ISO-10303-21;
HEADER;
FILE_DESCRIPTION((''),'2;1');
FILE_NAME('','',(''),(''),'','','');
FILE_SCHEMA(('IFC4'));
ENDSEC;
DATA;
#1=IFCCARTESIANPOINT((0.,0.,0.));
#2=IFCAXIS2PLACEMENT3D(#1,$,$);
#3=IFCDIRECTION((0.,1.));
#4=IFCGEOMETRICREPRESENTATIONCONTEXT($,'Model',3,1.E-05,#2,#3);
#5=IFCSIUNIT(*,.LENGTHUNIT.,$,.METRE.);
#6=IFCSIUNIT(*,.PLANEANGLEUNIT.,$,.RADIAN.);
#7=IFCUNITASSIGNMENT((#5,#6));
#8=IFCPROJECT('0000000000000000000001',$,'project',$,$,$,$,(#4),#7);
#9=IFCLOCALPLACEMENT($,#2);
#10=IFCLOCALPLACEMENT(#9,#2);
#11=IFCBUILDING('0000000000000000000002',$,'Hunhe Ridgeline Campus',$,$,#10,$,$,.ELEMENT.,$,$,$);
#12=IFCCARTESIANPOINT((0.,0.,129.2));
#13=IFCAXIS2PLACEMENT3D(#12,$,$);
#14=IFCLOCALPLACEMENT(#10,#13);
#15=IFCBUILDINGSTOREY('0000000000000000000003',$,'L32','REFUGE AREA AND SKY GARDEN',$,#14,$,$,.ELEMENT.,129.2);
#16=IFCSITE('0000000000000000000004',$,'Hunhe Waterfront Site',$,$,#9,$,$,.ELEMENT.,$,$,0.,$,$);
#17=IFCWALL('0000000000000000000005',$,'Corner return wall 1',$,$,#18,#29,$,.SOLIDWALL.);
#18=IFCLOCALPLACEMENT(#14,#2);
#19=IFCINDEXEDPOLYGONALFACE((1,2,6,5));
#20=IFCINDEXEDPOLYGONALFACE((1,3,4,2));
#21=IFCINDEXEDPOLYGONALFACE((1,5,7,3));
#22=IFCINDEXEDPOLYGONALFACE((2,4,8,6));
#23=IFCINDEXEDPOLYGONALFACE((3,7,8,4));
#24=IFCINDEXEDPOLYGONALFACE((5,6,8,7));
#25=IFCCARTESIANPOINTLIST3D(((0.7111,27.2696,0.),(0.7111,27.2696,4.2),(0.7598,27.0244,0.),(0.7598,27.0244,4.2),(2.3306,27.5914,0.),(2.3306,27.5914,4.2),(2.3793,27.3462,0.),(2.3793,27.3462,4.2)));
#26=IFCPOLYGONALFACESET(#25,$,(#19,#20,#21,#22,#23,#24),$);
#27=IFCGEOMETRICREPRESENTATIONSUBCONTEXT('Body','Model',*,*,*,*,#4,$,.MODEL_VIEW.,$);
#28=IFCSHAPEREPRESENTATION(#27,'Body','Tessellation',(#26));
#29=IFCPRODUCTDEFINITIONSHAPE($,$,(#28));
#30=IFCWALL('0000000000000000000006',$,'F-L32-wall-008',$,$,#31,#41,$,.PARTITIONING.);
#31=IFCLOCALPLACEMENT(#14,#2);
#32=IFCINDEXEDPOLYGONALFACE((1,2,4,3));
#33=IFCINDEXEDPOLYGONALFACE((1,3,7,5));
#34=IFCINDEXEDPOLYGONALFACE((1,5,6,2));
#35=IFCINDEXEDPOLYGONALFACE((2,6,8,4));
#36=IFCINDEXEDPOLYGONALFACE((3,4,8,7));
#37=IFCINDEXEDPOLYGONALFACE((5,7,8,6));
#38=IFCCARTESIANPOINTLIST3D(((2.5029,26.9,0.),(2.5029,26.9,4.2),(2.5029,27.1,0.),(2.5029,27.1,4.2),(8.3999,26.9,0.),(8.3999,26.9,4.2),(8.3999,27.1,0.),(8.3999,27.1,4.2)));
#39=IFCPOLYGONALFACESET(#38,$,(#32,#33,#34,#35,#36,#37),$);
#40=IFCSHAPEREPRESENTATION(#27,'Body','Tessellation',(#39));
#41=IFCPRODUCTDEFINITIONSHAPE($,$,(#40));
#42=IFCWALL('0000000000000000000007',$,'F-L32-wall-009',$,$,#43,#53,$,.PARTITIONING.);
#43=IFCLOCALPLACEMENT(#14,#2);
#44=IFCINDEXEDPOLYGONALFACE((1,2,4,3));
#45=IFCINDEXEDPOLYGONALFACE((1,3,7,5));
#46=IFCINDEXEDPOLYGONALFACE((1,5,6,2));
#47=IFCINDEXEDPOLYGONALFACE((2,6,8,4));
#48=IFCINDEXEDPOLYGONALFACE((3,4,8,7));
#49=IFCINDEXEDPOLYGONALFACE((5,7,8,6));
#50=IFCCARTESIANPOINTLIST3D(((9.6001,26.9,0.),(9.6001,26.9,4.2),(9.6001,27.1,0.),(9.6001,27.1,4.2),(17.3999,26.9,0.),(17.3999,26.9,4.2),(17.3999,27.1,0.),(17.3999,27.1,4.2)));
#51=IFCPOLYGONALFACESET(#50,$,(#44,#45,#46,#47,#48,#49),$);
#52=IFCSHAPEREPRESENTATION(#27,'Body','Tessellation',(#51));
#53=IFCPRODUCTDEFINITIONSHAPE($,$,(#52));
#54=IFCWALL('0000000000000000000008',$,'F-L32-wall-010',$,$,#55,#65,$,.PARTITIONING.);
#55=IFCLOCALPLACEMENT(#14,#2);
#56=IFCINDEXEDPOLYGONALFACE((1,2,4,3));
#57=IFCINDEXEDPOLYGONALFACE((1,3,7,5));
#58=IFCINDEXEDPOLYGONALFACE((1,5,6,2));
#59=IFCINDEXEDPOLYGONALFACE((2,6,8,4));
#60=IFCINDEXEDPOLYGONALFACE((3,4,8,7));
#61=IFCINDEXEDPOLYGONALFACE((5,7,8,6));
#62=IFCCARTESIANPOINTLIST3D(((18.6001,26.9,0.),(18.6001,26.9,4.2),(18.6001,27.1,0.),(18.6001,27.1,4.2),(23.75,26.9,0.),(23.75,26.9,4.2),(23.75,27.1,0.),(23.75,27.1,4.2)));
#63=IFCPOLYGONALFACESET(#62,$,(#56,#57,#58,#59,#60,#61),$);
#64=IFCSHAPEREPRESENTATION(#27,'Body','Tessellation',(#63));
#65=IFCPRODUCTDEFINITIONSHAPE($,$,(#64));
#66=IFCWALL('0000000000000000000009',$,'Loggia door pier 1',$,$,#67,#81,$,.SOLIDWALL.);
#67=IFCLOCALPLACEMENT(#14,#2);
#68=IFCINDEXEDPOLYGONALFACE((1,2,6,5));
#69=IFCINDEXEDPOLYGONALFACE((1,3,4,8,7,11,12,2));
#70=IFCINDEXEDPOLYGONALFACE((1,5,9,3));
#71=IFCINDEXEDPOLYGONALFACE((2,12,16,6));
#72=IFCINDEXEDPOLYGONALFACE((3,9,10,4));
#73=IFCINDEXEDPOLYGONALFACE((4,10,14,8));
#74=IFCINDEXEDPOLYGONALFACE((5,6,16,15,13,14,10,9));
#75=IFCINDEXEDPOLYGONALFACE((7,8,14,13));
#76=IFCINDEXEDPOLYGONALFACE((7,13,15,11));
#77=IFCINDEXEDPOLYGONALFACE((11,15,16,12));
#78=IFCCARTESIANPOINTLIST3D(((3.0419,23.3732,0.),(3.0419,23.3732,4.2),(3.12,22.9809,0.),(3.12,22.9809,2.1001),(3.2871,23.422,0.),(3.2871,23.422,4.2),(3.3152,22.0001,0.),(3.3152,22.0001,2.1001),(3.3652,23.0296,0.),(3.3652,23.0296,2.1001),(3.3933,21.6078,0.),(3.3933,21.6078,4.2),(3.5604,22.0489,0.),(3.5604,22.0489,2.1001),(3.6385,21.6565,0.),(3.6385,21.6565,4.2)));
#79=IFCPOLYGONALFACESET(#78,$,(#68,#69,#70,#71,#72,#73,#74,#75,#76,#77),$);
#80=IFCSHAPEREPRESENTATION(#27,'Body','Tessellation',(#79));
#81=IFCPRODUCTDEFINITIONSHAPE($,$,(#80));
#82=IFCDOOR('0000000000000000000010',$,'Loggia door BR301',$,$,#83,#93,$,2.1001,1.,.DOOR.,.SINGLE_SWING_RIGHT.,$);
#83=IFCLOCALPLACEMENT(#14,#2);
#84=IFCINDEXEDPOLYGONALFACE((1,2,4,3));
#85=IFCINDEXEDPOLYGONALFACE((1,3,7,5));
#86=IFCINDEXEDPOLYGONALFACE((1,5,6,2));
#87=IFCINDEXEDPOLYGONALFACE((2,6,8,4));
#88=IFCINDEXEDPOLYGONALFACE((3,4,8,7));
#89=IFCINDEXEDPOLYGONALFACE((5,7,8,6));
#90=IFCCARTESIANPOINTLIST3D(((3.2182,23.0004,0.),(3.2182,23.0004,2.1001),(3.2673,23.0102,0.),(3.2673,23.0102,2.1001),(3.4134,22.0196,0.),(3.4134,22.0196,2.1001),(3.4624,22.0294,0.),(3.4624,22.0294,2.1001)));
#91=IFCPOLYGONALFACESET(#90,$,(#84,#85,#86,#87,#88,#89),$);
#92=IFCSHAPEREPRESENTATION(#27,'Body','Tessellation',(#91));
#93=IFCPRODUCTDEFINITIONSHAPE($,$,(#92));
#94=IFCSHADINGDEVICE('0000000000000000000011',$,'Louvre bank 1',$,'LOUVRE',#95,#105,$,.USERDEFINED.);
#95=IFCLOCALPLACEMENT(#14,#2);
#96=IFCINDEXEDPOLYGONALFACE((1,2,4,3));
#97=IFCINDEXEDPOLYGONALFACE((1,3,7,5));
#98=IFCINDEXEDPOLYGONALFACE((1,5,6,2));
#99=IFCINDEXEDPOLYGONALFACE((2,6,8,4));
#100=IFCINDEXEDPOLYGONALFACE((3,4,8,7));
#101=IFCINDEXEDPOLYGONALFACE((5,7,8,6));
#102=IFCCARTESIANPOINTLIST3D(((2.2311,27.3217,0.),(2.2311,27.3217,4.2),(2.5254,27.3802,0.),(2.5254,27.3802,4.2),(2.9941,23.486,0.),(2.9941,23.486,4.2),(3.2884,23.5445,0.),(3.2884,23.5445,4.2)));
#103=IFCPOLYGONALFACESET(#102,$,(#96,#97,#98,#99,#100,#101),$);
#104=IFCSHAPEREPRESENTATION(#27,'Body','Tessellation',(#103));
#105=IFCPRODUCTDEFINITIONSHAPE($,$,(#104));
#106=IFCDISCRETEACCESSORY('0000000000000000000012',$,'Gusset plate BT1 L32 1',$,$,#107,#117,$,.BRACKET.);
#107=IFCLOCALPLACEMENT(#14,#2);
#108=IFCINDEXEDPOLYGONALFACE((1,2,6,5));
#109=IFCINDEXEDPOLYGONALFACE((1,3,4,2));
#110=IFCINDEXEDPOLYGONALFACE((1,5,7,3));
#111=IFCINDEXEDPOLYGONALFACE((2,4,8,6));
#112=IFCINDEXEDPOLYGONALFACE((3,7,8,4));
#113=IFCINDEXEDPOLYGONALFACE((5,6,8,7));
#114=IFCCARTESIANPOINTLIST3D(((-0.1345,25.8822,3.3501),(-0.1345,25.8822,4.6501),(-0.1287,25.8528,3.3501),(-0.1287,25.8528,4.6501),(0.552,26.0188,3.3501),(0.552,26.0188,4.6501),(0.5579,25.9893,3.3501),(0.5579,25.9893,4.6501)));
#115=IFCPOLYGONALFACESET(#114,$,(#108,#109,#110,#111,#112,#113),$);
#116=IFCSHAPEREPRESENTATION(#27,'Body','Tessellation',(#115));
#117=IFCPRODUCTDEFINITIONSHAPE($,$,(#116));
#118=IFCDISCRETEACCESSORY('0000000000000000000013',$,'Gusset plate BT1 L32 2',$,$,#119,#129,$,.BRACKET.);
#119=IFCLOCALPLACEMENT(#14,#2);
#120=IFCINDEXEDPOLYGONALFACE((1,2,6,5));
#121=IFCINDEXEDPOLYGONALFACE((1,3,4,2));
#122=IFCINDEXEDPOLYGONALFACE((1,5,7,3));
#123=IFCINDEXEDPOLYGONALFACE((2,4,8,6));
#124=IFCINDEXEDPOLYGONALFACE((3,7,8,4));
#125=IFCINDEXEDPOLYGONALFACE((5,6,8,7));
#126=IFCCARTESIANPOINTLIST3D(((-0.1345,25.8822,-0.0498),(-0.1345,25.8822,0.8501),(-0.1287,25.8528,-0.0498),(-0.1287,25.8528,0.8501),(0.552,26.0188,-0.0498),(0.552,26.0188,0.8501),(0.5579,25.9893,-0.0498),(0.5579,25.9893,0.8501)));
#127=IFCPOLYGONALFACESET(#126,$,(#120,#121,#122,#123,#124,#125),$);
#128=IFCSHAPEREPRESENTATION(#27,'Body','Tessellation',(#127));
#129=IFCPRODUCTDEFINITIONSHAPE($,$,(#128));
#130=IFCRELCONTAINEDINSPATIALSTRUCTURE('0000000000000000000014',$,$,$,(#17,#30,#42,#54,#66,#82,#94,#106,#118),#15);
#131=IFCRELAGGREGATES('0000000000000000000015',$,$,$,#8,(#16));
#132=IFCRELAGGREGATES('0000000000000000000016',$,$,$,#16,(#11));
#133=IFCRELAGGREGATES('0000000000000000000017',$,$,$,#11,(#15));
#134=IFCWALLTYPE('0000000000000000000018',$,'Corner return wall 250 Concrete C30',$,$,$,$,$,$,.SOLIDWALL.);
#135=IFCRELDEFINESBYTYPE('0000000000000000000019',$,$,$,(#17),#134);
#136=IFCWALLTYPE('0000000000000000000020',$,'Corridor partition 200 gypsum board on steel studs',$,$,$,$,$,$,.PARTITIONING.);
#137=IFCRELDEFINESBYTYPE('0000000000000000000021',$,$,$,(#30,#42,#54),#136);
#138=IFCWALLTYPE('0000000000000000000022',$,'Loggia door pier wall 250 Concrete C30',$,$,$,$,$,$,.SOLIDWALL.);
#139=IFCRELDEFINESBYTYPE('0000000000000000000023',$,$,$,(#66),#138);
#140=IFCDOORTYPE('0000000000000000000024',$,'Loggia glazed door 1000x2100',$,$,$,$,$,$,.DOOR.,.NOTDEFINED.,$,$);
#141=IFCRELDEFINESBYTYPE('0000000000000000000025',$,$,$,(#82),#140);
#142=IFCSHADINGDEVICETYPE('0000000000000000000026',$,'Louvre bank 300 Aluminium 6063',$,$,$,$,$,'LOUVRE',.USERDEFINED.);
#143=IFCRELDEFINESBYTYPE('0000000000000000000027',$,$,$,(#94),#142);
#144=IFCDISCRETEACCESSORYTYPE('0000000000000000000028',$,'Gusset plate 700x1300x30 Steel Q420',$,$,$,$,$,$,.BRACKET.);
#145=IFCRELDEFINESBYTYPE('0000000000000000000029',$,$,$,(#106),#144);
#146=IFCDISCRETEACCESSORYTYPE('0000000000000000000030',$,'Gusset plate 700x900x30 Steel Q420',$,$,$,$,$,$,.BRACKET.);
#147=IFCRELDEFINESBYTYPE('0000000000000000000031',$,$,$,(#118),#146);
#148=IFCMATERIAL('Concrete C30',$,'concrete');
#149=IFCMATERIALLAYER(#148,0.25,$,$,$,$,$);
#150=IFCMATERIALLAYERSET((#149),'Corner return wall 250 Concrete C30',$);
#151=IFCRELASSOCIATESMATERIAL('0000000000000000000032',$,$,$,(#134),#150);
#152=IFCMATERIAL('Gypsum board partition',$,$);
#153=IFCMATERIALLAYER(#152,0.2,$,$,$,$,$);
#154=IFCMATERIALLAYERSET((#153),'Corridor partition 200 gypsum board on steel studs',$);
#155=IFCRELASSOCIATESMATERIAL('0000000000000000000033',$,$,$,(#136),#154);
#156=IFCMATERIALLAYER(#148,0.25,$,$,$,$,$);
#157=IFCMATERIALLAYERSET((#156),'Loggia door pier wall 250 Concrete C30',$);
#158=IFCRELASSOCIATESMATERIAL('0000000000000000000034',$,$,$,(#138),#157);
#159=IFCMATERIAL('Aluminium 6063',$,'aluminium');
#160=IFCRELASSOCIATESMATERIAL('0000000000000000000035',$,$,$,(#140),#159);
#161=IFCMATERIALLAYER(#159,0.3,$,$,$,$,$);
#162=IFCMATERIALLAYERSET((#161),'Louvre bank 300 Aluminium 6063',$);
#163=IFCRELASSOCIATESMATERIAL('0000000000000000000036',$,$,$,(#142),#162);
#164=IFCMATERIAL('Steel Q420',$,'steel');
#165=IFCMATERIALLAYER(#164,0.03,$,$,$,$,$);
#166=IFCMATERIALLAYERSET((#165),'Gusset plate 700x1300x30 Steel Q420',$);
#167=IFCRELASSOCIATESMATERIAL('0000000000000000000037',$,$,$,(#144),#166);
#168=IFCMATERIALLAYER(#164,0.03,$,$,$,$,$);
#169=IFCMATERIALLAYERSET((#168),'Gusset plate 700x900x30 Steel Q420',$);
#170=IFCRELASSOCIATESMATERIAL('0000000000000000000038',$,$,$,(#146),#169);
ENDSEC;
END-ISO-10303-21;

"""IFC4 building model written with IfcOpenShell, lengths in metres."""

from ifc_helpers import new_model, si_unit, direction, frame, frame_2d, origin, origin_2d, place, context, subcontext, project, spatial, rectangle, extrude, material, layer, layer_set, type_object, element, fill, save


model = new_model("IFC4")

# Units and contexts
model_context = context("Model", 3, precision=1e-05, world=origin(), true_north=direction((0.0, 1.0)))
body_context = subcontext(model_context, "Body", "Model", "MODEL_VIEW")
ifc_project = project(units=[si_unit("LENGTHUNIT", "METRE"), si_unit("PLANEANGLEUNIT", "RADIAN")], contexts=[model_context])

# Site, building, storey
site_placement = place(None, origin())
site = spatial("IfcSite", under=ifc_project, at=site_placement, Name="Hunhe Waterfront Site", CompositionType="ELEMENT", RefElevation=0.0)
building_placement = place(site_placement, origin())
building = spatial("IfcBuilding", under=site, at=building_placement, Name="Hunhe Ridgeline Campus", CompositionType="ELEMENT")
storey_placement = place(building_placement, frame((0.0, 0.0, 129.2)))
storey = spatial("IfcBuildingStorey", under=building, at=storey_placement, Name="L32", Description="REFUGE AREA AND SKY GARDEN", CompositionType="ELEMENT", Elevation=129.2)

# Shared definitions
ifc_material_1 = material(Name="Steel Q420", Category="steel")
ifc_material_2 = material(Name="Aluminium 6063", Category="aluminium")

# Walls
ifc_material_3 = material(Name="Concrete C30", Category="concrete")
ifc_layer_1 = layer(ifc_material_3, 0.25)
ifc_layer_set_1 = layer_set([ifc_layer_1], Name="Corner return wall 250 Concrete C30")
wall_type_1 = type_object("IfcWallType", Name="Corner return wall 250 Concrete C30", PredefinedType="SOLIDWALL", material=ifc_layer_set_1)
wall_1_placement = place(storey_placement, frame((0.7354, 27.147, 0.0), z_axis=(0.0, 0.0, 1.0), x_axis=(0.980824, 0.194893, 0.0)))
element("IfcWall", 1, at=wall_1_placement, inside=storey, type_object=wall_type_1, Name="Corner return wall 1", PredefinedType="SOLIDWALL", context=body_context, shape_type="SweptSolid", body=[
    extrude(rectangle(XDim=1.6511, YDim=0.25, at=frame_2d((0.8257, 0.0))), origin(), (0.0, 0.0, 1.0), 4.2),
])
ifc_material_4 = material(Name="Gypsum board partition")
ifc_layer_2 = layer(ifc_material_4, 0.2)
ifc_layer_set_2 = layer_set([ifc_layer_2], Name="Corridor partition 200 gypsum board on steel studs")
wall_type_2 = type_object("IfcWallType", Name="Corridor partition 200 gypsum board on steel studs", PredefinedType="PARTITIONING", material=ifc_layer_set_2)
wall_2_placement = place(storey_placement, frame((2.5029, 27.0, 0.0), z_axis=(0.0, 0.0, 1.0), x_axis=(1.0, 0.0, 0.0)))
element("IfcWall", 2, at=wall_2_placement, inside=storey, type_object=wall_type_2, Name="F-L32-wall-008", PredefinedType="PARTITIONING", context=body_context, shape_type="SweptSolid", body=[
    extrude(rectangle(XDim=5.897, YDim=0.2, at=frame_2d((2.9485, 0.0))), origin(), (0.0, 0.0, 1.0), 4.2),
])
wall_3_placement = place(storey_placement, frame((9.6001, 27.0, 0.0), z_axis=(0.0, 0.0, 1.0), x_axis=(1.0, 0.0, 0.0)))
element("IfcWall", 3, at=wall_3_placement, inside=storey, type_object=wall_type_2, Name="F-L32-wall-009", PredefinedType="PARTITIONING", context=body_context, shape_type="SweptSolid", body=[
    extrude(rectangle(XDim=7.7998, YDim=0.2, at=frame_2d((3.8999, 0.0))), origin(), (0.0, 0.0, 1.0), 4.2),
])
wall_4_placement = place(storey_placement, frame((18.6001, 27.0, 0.0), z_axis=(0.0, 0.0, 1.0), x_axis=(1.0, 0.0, 0.0)))
element("IfcWall", 4, at=wall_4_placement, inside=storey, type_object=wall_type_2, Name="F-L32-wall-010", PredefinedType="PARTITIONING", context=body_context, shape_type="SweptSolid", body=[
    extrude(rectangle(XDim=5.1499, YDim=0.2, at=frame_2d((2.575, 0.0))), origin(), (0.0, 0.0, 1.0), 4.2),
])

# Wall, opening, door
ifc_layer_3 = layer(ifc_material_3, 0.25)
ifc_layer_set_3 = layer_set([ifc_layer_3], Name="Loggia door pier wall 250 Concrete C30")
wall_type_3 = type_object("IfcWallType", Name="Loggia door pier wall 250 Concrete C30", PredefinedType="SOLIDWALL", material=ifc_layer_set_3)
wall_5_placement = place(storey_placement, frame((3.1646, 23.3975, 0.0), z_axis=(0.0, 0.0, 1.0), x_axis=(0.195177, -0.980768, 0.0)))
wall_5 = element("IfcWall", 5, at=wall_5_placement, inside=storey, type_object=wall_type_3, Name="Loggia door pier 1", PredefinedType="SOLIDWALL", context=body_context, shape_type="SweptSolid", body=[
    extrude(rectangle(XDim=1.8, YDim=0.25, at=frame_2d((0.8999, 0.0))), origin(), (0.0, 0.0, 1.0), 4.2),
])
opening_placement = place(wall_5_placement, frame((0.3999, 0.0, 0.0)))
opening = element("IfcOpeningElement", 6, at=opening_placement, cuts=wall_5, PredefinedType="OPENING", context=body_context, shape_type="SweptSolid", body=[
    extrude(rectangle(XDim=1.0, YDim=2.1001, at=frame_2d((0.5, 1.05))), frame((0.0, 0.125, 0.0), z_axis=(0.0, -1.0, 0.0), x_axis=(1.0, 0.0, 0.0)), (0.0, 0.0, 1.0), 0.25),
])
door_type = type_object("IfcDoorType", Name="Loggia glazed door 1000x2100", OperationType="NOTDEFINED", PredefinedType="DOOR", material=ifc_material_2)
door_placement = place(opening_placement, frame((1.0, 0.0, 0.0), z_axis=(0.0, 0.0, 1.0), x_axis=(-1.0, 0.0, 0.0)))
door = element("IfcDoor", 7, at=door_placement, inside=storey, type_object=door_type, Name="Loggia door BR301", OperationType="SINGLE_SWING_RIGHT", OverallHeight=2.1001, OverallWidth=1.0, PredefinedType="DOOR", context=body_context, shape_type="SweptSolid", body=[
    extrude(rectangle(XDim=1.0, YDim=2.1001, at=frame_2d((0.5, 1.05))), frame((0.0, 0.0249, 0.0), z_axis=(0.0, -1.0, 0.0), x_axis=(1.0, 0.0, 0.0)), (0.0, 0.0, 1.0), 0.05),
])
fill(opening, door)

# Shading device
ifc_layer_4 = layer(ifc_material_2, 0.3)
ifc_layer_set_4 = layer_set([ifc_layer_4], Name="Louvre bank 300 Aluminium 6063")
shading_device_type = type_object("IfcShadingDeviceType", Name="Louvre bank 300 Aluminium 6063", ElementType="LOUVRE", PredefinedType="USERDEFINED", material=ifc_layer_set_4)
shading_device_placement = place(storey_placement, frame((2.7598, 25.4331, 0.0), z_axis=(0.0, 0.0, 1.0), x_axis=(0.195095, -0.980784, 0.0)))
element("IfcShadingDevice", 8, at=shading_device_placement, inside=storey, type_object=shading_device_type, Name="Louvre bank 1", ObjectType="LOUVRE", PredefinedType="USERDEFINED", context=body_context, shape_type="SweptSolid", body=[
    extrude(rectangle(XDim=3.9109, YDim=0.3, at=origin_2d()), origin(), (0.0, 0.0, 1.0), 4.2),
])

# Discrete accessories
ifc_layer_5 = layer(ifc_material_1, 0.03)
ifc_layer_set_5 = layer_set([ifc_layer_5], Name="Gusset plate 700x1300x30 Steel Q420")
discrete_accessory_type_1 = type_object("IfcDiscreteAccessoryType", Name="Gusset plate 700x1300x30 Steel Q420", PredefinedType="BRACKET", material=ifc_layer_set_5)
discrete_accessory_1_placement = place(storey_placement, frame((0.2117, 25.9358, 3.3501), z_axis=(0.0, 0.0, 1.0), x_axis=(-0.19509, 0.980785, 0.0)))
element("IfcDiscreteAccessory", 9, at=discrete_accessory_1_placement, inside=storey, type_object=discrete_accessory_type_1, Name="Gusset plate BT1 L32 1", PredefinedType="BRACKET", context=body_context, shape_type="SweptSolid", body=[
    extrude(rectangle(XDim=0.03, YDim=0.7, at=origin_2d()), origin(), (0.0, 0.0, 1.0), 1.3),
])
ifc_layer_6 = layer(ifc_material_1, 0.03)
ifc_layer_set_6 = layer_set([ifc_layer_6], Name="Gusset plate 700x900x30 Steel Q420")
discrete_accessory_type_2 = type_object("IfcDiscreteAccessoryType", Name="Gusset plate 700x900x30 Steel Q420", PredefinedType="BRACKET", material=ifc_layer_set_6)
discrete_accessory_2_placement = place(storey_placement, frame((0.2117, 25.9358, -0.0498), z_axis=(0.0, 0.0, 1.0), x_axis=(-0.19509, 0.980785, 0.0)))
element("IfcDiscreteAccessory", 10, at=discrete_accessory_2_placement, inside=storey, type_object=discrete_accessory_type_2, Name="Gusset plate BT1 L32 2", PredefinedType="BRACKET", context=body_context, shape_type="SweptSolid", body=[
    extrude(rectangle(XDim=0.03, YDim=0.7, at=origin_2d()), origin(), (0.0, 0.0, 1.0), 0.8999),
])

save(model, "model.ifc")
